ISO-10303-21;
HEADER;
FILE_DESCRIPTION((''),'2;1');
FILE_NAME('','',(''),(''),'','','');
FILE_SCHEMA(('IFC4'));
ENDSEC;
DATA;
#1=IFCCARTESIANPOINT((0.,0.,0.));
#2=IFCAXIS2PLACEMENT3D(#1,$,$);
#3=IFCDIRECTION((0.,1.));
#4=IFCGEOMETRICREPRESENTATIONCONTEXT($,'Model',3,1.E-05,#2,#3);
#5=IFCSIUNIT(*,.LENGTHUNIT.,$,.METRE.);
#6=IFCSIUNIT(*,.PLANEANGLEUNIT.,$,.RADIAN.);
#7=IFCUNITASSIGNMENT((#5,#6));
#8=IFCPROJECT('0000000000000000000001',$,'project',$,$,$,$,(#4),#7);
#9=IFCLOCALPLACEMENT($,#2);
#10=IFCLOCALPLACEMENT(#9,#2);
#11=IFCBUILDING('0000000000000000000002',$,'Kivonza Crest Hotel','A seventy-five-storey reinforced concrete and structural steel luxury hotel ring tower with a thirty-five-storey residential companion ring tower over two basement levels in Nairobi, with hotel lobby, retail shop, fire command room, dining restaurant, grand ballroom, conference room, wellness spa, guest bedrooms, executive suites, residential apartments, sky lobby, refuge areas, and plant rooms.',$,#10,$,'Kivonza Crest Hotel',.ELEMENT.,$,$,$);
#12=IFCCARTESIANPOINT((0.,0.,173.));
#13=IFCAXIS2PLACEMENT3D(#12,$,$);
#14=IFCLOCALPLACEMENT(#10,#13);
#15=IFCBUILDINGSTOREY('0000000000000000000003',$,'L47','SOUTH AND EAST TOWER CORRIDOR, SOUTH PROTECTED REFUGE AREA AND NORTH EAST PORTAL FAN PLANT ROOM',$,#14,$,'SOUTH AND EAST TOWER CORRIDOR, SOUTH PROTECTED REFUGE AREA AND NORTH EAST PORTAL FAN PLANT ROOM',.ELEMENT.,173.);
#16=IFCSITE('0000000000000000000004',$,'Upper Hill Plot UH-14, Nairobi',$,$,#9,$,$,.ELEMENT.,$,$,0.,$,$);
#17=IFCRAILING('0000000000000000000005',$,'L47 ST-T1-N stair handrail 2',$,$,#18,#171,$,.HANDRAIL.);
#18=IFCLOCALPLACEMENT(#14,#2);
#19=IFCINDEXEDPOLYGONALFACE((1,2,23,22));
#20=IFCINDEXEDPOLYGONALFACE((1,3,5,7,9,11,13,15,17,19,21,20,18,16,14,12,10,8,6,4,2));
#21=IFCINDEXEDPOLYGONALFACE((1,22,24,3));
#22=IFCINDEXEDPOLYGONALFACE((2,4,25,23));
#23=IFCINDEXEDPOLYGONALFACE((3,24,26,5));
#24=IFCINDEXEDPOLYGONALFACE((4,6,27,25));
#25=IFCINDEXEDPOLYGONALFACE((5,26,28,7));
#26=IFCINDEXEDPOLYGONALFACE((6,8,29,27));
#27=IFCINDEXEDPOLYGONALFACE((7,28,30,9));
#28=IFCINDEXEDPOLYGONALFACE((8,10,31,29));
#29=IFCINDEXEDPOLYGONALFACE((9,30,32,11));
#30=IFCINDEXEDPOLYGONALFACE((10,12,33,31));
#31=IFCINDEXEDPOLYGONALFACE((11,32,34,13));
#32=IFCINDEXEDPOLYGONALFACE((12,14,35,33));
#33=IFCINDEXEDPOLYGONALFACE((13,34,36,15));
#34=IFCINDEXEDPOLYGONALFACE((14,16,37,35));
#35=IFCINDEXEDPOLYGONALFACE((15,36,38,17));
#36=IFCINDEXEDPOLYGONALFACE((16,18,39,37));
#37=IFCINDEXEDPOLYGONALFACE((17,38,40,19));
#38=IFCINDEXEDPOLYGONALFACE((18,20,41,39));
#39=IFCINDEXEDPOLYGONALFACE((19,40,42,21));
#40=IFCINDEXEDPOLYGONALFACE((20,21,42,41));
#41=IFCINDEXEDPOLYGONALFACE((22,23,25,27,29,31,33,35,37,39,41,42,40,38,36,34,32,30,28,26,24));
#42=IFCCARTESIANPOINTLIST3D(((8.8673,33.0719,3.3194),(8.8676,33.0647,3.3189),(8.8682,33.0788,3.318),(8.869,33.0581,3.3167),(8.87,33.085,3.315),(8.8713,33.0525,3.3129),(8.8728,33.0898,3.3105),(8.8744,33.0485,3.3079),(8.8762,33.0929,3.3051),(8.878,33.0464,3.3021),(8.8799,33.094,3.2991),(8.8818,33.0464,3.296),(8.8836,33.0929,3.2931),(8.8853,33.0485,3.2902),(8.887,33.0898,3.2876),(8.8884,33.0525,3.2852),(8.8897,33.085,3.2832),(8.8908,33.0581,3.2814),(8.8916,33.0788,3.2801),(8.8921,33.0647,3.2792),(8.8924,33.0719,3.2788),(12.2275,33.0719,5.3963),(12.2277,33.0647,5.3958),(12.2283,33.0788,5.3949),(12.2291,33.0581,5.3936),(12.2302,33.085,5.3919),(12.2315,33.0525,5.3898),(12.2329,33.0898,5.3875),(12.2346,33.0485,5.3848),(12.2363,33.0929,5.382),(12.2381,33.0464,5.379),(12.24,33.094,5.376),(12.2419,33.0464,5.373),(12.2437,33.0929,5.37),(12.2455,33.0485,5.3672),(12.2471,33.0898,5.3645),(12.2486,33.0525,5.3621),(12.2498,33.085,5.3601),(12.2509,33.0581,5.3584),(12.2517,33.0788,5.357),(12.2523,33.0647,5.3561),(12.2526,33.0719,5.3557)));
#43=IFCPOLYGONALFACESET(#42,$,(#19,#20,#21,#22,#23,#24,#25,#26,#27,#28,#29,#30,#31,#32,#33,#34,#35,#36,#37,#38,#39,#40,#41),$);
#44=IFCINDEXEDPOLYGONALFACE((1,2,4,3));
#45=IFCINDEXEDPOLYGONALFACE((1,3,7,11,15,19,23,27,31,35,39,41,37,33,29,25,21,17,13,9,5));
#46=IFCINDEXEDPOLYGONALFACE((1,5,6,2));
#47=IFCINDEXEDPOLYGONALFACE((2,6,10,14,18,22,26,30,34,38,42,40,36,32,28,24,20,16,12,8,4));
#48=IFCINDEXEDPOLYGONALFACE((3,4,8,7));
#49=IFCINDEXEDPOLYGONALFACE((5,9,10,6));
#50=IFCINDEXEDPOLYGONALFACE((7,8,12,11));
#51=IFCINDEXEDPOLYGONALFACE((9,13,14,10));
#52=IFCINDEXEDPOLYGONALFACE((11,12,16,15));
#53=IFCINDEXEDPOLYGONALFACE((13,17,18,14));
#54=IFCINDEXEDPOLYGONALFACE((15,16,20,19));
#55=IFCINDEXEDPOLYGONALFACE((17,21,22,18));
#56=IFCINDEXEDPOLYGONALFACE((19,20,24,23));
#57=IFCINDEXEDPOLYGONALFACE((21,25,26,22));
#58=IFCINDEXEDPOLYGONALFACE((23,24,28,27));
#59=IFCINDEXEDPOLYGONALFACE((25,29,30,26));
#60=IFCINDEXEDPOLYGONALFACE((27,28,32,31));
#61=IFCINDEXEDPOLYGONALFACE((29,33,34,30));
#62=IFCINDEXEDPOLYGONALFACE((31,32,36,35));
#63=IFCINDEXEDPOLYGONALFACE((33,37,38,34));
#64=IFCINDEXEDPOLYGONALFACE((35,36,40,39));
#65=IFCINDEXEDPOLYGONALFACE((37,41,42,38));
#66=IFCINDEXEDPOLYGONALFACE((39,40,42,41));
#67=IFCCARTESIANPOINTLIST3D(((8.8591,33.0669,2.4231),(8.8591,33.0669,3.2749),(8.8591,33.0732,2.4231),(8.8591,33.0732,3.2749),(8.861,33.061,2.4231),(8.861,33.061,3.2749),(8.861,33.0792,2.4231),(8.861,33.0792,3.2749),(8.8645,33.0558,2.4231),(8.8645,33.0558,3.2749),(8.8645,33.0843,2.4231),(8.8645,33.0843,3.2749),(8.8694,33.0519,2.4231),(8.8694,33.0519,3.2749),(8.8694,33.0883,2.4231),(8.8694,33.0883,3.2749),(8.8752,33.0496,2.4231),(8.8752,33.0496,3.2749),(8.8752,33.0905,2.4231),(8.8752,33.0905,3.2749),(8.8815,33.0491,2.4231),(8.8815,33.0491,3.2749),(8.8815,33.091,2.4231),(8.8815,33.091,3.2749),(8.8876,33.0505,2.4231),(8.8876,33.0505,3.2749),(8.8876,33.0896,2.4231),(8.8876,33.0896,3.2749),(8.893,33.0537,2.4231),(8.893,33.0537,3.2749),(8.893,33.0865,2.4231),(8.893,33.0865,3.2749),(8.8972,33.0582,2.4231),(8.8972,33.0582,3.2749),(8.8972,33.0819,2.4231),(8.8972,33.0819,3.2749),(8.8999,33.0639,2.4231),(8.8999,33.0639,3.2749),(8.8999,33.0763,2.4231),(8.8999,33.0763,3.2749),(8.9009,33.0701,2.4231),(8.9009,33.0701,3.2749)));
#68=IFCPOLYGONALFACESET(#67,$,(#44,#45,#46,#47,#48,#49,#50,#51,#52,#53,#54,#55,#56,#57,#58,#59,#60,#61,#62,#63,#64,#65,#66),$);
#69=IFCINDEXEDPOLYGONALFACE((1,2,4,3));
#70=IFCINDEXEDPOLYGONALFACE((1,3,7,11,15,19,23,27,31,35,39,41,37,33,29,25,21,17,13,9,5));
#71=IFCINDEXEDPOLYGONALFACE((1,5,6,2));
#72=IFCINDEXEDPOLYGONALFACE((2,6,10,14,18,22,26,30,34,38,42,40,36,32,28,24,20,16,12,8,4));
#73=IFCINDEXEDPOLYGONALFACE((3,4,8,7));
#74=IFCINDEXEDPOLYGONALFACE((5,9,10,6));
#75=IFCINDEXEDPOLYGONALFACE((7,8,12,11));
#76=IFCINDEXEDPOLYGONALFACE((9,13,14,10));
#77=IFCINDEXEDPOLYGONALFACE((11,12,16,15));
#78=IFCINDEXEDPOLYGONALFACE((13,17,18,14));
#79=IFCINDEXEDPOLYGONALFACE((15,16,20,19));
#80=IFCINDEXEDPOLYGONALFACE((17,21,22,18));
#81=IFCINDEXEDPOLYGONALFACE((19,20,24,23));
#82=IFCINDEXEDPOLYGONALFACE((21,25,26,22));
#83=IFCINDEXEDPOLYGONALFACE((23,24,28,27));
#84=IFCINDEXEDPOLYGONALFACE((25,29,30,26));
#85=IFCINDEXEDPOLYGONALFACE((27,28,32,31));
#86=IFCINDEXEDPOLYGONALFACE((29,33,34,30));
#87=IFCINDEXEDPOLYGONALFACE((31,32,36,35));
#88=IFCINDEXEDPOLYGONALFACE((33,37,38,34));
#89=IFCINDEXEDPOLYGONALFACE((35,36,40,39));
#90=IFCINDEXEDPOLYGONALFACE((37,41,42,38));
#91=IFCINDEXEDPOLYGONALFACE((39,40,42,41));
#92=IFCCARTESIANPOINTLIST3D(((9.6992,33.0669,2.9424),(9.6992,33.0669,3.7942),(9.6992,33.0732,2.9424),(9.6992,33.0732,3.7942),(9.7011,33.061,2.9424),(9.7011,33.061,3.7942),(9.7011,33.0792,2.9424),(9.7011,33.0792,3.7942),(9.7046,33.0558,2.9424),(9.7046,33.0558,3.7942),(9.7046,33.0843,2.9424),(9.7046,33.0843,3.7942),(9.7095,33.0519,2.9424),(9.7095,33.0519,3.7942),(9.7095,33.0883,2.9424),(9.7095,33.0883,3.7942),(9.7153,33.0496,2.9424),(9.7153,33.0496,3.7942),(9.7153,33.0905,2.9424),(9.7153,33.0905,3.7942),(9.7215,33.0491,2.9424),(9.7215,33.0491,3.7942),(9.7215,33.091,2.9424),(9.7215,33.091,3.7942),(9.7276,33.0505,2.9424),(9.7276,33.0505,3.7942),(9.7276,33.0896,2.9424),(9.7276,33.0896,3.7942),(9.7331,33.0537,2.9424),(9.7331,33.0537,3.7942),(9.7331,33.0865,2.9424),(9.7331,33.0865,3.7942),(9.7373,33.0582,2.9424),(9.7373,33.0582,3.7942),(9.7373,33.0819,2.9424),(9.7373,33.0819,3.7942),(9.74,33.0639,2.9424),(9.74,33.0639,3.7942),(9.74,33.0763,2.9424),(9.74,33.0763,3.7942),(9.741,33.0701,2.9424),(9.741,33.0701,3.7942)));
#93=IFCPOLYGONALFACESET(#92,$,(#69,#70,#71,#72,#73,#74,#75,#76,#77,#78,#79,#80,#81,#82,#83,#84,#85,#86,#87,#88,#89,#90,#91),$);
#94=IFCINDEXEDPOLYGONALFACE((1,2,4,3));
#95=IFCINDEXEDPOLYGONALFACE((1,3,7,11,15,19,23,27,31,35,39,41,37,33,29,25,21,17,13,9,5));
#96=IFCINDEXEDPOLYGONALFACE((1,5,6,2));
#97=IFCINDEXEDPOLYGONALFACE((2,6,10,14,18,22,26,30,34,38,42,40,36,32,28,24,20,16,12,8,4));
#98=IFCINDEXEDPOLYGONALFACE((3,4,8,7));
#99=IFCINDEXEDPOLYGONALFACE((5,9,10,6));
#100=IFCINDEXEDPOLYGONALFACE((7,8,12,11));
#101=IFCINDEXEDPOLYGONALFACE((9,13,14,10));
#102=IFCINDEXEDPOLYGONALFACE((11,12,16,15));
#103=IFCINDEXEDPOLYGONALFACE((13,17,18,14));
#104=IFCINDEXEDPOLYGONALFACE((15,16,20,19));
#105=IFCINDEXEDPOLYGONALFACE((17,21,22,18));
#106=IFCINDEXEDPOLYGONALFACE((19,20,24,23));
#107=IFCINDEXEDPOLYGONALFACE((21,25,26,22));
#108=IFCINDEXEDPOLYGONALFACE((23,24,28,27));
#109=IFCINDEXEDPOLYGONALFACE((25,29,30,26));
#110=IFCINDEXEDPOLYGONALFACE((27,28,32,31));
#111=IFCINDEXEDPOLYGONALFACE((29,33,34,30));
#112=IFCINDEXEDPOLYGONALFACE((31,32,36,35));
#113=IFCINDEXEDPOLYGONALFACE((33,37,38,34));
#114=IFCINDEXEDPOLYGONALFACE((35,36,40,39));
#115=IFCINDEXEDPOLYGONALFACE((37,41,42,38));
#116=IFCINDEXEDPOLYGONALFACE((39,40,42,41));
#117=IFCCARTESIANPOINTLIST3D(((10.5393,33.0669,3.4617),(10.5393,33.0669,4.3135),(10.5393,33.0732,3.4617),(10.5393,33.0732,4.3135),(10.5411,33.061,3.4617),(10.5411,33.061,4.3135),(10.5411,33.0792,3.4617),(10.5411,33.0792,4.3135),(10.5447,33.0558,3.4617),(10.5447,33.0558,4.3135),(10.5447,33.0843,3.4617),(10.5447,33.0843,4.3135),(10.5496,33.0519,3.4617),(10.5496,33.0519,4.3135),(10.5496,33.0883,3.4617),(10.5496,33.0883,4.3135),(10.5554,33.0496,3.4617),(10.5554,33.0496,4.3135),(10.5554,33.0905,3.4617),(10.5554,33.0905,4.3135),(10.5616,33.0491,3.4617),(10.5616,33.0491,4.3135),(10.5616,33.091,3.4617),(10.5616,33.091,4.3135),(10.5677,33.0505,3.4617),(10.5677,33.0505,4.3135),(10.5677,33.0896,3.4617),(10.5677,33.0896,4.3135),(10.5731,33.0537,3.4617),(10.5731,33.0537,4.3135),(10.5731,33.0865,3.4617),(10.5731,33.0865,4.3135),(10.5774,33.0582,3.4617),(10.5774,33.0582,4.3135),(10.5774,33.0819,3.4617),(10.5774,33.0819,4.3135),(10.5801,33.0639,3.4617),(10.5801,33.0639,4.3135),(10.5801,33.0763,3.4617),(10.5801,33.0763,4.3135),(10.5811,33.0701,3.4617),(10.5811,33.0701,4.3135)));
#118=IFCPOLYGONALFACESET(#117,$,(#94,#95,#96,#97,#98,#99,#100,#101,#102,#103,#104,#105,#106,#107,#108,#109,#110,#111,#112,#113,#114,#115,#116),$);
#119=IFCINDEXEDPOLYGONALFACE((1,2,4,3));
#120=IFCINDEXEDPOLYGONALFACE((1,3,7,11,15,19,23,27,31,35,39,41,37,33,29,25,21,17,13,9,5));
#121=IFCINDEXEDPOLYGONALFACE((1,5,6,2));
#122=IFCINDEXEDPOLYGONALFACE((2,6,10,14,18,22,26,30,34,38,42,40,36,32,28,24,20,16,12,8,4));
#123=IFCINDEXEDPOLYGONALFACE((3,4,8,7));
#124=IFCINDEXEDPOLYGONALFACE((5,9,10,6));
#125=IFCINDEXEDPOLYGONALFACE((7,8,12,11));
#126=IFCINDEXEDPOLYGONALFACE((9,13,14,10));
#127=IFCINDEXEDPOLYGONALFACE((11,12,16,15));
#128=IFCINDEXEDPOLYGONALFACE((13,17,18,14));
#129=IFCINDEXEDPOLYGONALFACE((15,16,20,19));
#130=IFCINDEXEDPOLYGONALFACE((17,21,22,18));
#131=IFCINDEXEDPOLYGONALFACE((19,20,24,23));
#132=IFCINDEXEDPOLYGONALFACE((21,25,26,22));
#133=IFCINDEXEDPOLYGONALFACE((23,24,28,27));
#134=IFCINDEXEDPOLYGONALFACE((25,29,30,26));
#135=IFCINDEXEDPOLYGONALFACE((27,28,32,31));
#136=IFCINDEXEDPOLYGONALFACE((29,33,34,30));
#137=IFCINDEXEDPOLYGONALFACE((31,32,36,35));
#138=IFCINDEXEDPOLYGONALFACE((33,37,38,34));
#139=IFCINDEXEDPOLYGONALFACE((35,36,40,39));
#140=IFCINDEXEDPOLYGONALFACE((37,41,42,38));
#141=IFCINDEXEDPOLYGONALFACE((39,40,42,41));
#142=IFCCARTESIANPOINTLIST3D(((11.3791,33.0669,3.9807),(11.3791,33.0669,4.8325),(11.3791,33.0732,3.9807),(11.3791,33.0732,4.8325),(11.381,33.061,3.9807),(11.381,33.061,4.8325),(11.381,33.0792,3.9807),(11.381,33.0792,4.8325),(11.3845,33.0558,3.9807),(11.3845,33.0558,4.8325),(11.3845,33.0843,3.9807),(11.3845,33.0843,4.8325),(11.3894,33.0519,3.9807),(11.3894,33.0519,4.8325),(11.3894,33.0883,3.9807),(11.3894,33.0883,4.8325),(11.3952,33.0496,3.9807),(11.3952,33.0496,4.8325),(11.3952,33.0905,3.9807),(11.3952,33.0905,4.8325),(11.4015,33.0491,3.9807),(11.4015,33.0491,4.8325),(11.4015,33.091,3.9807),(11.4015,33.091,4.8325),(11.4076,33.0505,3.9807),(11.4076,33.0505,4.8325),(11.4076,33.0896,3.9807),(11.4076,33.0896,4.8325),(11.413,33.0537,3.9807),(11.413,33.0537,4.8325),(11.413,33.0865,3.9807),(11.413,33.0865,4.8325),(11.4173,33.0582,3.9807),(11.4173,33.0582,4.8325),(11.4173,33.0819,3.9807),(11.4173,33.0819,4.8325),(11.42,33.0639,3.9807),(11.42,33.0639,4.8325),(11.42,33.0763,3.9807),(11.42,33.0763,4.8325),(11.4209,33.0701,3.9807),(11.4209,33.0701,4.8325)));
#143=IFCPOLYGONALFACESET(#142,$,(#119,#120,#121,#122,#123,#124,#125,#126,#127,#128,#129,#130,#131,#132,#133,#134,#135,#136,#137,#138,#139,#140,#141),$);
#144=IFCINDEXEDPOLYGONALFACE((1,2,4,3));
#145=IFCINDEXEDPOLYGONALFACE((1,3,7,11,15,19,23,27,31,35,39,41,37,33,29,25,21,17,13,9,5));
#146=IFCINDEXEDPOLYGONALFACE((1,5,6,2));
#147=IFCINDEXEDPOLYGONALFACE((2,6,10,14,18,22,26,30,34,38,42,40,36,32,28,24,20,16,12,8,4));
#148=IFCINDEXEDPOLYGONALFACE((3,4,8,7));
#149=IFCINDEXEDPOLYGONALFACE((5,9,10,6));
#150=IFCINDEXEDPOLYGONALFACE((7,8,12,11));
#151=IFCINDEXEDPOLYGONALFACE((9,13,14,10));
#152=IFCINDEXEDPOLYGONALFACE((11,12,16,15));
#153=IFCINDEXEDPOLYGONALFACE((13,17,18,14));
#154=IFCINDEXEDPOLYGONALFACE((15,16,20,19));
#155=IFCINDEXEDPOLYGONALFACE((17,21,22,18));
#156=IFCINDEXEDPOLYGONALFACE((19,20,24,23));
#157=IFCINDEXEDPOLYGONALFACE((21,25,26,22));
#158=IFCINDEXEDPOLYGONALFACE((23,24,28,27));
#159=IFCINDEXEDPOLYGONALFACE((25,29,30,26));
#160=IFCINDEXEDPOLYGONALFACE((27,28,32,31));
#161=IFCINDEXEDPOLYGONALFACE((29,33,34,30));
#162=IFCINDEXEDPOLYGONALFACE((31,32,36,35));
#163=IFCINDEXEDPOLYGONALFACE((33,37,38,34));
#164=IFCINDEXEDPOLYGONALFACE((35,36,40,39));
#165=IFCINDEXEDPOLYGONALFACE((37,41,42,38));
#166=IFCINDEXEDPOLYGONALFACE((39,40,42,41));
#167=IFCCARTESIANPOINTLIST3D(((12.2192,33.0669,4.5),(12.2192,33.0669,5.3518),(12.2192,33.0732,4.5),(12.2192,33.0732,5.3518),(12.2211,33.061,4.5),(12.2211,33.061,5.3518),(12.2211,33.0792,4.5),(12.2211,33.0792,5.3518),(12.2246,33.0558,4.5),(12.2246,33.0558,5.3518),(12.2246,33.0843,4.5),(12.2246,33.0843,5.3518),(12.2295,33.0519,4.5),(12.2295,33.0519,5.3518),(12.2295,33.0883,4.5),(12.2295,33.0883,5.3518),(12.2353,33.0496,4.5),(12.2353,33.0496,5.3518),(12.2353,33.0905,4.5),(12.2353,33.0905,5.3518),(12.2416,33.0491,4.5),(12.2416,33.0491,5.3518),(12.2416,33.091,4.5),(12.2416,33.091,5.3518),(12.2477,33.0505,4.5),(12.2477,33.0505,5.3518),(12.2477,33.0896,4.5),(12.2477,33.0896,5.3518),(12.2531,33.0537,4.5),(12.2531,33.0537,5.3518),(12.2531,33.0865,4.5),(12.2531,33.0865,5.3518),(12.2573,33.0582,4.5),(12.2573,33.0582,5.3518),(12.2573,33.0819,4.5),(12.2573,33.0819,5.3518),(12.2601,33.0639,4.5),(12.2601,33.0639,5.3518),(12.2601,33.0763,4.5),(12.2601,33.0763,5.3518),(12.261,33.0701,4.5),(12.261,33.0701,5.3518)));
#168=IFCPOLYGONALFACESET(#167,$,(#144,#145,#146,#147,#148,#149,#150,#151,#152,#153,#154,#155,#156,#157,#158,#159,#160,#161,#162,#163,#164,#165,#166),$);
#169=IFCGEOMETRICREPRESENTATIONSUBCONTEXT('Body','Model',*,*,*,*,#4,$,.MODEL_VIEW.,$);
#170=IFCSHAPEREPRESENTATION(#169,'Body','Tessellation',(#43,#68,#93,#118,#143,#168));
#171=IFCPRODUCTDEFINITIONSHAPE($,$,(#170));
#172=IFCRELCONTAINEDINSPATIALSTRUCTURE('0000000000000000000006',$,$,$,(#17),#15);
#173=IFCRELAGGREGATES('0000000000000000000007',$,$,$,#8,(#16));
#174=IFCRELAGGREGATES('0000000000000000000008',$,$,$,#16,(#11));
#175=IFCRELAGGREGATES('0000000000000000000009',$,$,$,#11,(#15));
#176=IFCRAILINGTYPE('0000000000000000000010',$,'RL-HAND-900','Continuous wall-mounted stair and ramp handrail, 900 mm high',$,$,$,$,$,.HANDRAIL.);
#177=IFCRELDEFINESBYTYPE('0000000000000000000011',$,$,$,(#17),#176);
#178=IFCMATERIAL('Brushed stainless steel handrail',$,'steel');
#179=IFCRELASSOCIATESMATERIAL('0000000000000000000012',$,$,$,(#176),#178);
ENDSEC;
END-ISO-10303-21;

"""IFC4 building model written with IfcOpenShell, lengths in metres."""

from ifc_helpers import new_model, si_unit, direction, frame, origin, origin_2d, place, context, subcontext, project, spatial, circle, extrude, material, type_object, element, save


model = new_model("IFC4")

# Units and contexts
model_context = context("Model", 3, precision=1e-05, world=origin(), true_north=direction((0.0, 1.0)))
body_context = subcontext(model_context, "Body", "Model", "MODEL_VIEW")
ifc_project = project(units=[si_unit("LENGTHUNIT", "METRE"), si_unit("PLANEANGLEUNIT", "RADIAN")], contexts=[model_context])

# Site, building, storey
site_placement = place(None, origin())
site = spatial("IfcSite", under=ifc_project, at=site_placement, Name="Upper Hill Plot UH-14, Nairobi", CompositionType="ELEMENT", RefElevation=0.0)
building_placement = place(site_placement, origin())
building = spatial("IfcBuilding", under=site, at=building_placement, Name="Kivonza Crest Hotel", Description="A seventy-five-storey reinforced concrete and structural steel luxury hotel ring tower with a thirty-five-storey residential companion ring tower over two basement levels in Nairobi, with hotel lobby, retail shop, fire command room, dining restaurant, grand ballroom, conference room, wellness spa, guest bedrooms, executive suites, residential apartments, sky lobby, refuge areas, and plant rooms.", LongName="Kivonza Crest Hotel", CompositionType="ELEMENT")
storey_placement = place(building_placement, frame((0.0, 0.0, 173.0)))
storey = spatial("IfcBuildingStorey", under=building, at=storey_placement, Name="L47", Description="SOUTH AND EAST TOWER CORRIDOR, SOUTH PROTECTED REFUGE AREA AND NORTH EAST PORTAL FAN PLANT ROOM", LongName="SOUTH AND EAST TOWER CORRIDOR, SOUTH PROTECTED REFUGE AREA AND NORTH EAST PORTAL FAN PLANT ROOM", CompositionType="ELEMENT", Elevation=173.0)

# Railing
ifc_material_1 = material(Name="Brushed stainless steel handrail", Category="steel")
railing_type_1 = type_object("IfcRailingType", Name="RL-HAND-900", Description="Continuous wall-mounted stair and ramp handrail, 900 mm high", PredefinedType="HANDRAIL", material=ifc_material_1)
railing_1_placement = place(storey_placement, frame((8.8799, 33.0701, 2.4231)))
element("IfcRailing", 1, at=railing_1_placement, inside=storey, type_object=railing_type_1, Name="L47 ST-T1-N stair handrail 2", PredefinedType="HANDRAIL", context=body_context, shape_type="SweptSolid", body=[
    extrude(circle(Radius=0.0239, at=origin_2d()), frame((0.0, 0.0, 0.876), z_axis=(0.850623, 0.0, 0.525776), x_axis=(0.0, 1.0, 0.0)), (0.0, 0.0, 1.0), 3.9502),
    extrude(circle(Radius=0.021, at=origin_2d()), origin(), (0.0, 0.0, 1.0), 0.8518),
    extrude(circle(Radius=0.021, at=origin_2d()), frame((0.8401, 0.0, 0.5193)), (0.0, 0.0, 1.0), 0.8518),
    extrude(circle(Radius=0.021, at=origin_2d()), frame((1.6802, 0.0, 1.0386)), (0.0, 0.0, 1.0), 0.8518),
    extrude(circle(Radius=0.021, at=origin_2d()), frame((2.52, 0.0, 1.5576)), (0.0, 0.0, 1.0), 0.8518),
    extrude(circle(Radius=0.021, at=origin_2d()), frame((3.3601, 0.0, 2.0769)), (0.0, 0.0, 1.0), 0.8518),
])

save(model, "model.ifc")
